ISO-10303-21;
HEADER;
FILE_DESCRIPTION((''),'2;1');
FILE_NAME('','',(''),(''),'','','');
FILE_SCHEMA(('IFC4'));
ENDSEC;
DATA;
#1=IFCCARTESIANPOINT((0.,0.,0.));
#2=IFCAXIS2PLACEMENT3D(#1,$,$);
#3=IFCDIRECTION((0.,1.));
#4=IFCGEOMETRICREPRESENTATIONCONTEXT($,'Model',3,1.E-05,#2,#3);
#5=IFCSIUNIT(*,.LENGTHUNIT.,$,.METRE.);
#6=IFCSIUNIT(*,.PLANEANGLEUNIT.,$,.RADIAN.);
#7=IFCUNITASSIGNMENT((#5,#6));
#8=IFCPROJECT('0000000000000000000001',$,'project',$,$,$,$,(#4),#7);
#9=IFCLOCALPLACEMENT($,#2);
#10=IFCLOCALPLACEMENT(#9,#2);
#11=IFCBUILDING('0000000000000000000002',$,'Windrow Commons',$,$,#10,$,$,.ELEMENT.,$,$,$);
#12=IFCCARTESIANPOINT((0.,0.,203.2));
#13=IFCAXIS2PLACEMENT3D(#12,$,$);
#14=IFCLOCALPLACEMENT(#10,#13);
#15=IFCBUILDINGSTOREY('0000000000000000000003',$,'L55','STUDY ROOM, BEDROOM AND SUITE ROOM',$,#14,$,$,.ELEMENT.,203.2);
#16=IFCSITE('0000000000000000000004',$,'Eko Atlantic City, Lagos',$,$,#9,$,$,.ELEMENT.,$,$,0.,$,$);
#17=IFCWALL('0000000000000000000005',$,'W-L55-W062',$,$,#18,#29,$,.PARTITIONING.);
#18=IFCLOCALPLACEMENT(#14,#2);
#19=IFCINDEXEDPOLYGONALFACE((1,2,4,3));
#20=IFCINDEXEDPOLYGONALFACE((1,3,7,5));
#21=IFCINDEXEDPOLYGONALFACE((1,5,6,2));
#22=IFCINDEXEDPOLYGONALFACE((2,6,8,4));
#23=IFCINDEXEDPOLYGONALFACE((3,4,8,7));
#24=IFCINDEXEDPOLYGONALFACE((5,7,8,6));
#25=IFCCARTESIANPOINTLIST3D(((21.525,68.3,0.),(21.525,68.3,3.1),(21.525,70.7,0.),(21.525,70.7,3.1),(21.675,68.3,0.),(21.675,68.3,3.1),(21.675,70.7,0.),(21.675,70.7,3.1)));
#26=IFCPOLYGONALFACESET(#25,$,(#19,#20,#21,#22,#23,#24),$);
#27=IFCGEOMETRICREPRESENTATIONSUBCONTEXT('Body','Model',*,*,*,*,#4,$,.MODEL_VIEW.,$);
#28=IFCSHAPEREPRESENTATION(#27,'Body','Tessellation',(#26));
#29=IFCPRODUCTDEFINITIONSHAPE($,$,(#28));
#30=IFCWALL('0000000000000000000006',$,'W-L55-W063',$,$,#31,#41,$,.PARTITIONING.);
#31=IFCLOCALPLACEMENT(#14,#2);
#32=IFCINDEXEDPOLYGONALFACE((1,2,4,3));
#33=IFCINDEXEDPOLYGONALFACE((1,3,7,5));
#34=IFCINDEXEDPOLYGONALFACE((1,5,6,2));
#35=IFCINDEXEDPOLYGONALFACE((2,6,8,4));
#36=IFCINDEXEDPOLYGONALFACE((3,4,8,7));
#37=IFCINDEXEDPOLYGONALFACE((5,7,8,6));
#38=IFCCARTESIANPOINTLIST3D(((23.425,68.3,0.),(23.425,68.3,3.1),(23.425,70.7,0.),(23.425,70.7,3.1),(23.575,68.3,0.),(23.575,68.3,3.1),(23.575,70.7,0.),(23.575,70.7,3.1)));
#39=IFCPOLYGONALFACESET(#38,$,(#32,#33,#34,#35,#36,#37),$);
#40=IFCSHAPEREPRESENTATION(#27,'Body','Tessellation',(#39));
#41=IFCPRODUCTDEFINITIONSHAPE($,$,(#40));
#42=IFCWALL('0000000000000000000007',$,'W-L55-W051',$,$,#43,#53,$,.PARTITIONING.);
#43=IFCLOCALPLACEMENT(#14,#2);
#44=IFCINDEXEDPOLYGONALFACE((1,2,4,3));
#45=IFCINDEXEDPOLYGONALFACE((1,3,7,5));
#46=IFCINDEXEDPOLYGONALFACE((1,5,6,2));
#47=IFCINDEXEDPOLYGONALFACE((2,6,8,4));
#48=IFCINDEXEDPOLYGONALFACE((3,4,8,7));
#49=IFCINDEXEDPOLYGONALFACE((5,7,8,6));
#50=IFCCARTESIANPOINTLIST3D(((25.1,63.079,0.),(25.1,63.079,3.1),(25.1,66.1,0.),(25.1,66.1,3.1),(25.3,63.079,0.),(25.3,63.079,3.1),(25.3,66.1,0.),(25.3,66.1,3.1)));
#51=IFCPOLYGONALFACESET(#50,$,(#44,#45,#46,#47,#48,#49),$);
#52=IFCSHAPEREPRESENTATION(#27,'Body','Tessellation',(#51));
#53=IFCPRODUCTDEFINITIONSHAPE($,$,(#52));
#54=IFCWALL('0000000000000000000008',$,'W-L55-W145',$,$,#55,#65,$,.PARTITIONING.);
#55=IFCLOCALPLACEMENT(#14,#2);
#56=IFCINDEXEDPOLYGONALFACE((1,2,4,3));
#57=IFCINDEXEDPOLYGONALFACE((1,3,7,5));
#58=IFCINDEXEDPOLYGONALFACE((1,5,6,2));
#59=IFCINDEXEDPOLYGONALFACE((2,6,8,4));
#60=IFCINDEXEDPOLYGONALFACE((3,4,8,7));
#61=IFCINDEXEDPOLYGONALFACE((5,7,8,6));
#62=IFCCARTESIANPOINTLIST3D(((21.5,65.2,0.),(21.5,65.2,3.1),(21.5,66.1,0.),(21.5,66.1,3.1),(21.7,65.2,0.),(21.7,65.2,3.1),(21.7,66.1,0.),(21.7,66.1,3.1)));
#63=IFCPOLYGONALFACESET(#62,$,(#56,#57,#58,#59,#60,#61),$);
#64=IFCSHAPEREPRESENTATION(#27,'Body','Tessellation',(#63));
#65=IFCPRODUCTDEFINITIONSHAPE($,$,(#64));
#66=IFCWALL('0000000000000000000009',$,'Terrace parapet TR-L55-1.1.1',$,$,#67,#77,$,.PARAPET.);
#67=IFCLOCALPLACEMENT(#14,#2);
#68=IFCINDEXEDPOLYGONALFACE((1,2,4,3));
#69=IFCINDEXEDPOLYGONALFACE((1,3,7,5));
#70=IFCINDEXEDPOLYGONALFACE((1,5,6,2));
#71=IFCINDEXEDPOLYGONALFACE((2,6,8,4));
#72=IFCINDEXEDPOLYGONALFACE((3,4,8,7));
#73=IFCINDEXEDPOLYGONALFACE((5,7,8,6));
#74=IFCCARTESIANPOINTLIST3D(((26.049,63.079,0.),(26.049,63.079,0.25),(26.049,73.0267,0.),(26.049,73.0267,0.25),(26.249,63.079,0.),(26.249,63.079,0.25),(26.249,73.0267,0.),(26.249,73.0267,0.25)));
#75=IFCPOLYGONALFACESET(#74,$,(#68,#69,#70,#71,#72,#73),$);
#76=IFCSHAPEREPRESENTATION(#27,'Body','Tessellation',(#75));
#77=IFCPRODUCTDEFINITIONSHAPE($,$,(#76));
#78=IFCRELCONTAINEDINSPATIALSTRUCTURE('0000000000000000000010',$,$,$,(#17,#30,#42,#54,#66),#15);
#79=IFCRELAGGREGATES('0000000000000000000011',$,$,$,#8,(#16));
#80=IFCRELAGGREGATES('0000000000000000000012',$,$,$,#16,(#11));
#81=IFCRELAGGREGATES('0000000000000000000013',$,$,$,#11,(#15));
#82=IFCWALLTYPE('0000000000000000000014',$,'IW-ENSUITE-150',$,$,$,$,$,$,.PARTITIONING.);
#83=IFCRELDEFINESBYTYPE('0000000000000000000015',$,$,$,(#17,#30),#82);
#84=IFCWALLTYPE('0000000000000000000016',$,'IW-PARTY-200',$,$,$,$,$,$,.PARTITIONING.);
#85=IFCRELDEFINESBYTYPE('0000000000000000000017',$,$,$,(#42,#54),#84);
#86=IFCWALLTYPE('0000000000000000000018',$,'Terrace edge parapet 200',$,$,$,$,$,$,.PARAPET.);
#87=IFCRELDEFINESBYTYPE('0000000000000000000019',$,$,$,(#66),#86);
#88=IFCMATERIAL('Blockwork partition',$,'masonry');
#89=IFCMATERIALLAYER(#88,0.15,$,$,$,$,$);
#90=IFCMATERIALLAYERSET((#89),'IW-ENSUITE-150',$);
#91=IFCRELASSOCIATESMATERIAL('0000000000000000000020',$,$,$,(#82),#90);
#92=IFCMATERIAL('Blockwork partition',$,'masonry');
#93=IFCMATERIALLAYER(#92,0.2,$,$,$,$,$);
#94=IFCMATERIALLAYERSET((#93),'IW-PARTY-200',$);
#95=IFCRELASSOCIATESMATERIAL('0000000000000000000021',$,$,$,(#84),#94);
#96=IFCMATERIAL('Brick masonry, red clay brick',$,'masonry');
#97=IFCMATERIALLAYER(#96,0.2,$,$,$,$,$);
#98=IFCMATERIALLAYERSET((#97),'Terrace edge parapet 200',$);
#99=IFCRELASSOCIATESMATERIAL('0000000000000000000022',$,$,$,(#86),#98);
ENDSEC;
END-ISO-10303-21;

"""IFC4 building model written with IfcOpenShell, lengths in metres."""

from ifc_helpers import new_model, si_unit, direction, frame, frame_2d, origin, place, context, subcontext, project, spatial, polyline, rectangle, outline, extrude, material, layer, layer_set, type_object, element, save


model = new_model("IFC4")

# Units and contexts
model_context = context("Model", 3, precision=1e-05, world=origin(), true_north=direction((0.0, 1.0)))
body_context = subcontext(model_context, "Body", "Model", "MODEL_VIEW")
ifc_project = project(units=[si_unit("LENGTHUNIT", "METRE"), si_unit("PLANEANGLEUNIT", "RADIAN")], contexts=[model_context])

# Site, building, storey
site_placement = place(None, origin())
site = spatial("IfcSite", under=ifc_project, at=site_placement, Name="Eko Atlantic City, Lagos", CompositionType="ELEMENT", RefElevation=0.0)
building_placement = place(site_placement, origin())
building = spatial("IfcBuilding", under=site, at=building_placement, Name="Windrow Commons", CompositionType="ELEMENT")
storey_placement = place(building_placement, frame((0.0, 0.0, 203.2)))
storey = spatial("IfcBuildingStorey", under=building, at=storey_placement, Name="L55", Description="STUDY ROOM, BEDROOM AND SUITE ROOM", CompositionType="ELEMENT", Elevation=203.2)

# Walls
ifc_material_1 = material(Name="Blockwork partition", Category="masonry")
ifc_layer_1 = layer(ifc_material_1, 0.15)
ifc_layer_set_1 = layer_set([ifc_layer_1], Name="IW-ENSUITE-150")
wall_type_1 = type_object("IfcWallType", Name="IW-ENSUITE-150", PredefinedType="PARTITIONING", material=ifc_layer_set_1)
for number, where, z_axis, x_axis, name in (
    (1, (21.6, 68.3, 0.0), (0.0, 0.0, 1.0), (0.0, 1.0, 0.0), "W-L55-W062"),
    (2, (23.5, 68.3, 0.0), (0.0, 0.0, 1.0), (0.0, 1.0, 0.0), "W-L55-W063"),
):
    element("IfcWall", number, at=place(storey_placement, frame(where, z_axis=z_axis, x_axis=x_axis)), inside=storey, type_object=wall_type_1, Name=name, PredefinedType="PARTITIONING", context=body_context, shape_type="SweptSolid", body=[
        extrude(rectangle(XDim=2.4, YDim=0.15, at=frame_2d((1.2, 0.0))), origin(), (0.0, 0.0, 1.0), 3.1),
    ])
ifc_material_2 = material(Name="Blockwork partition", Category="masonry")
ifc_layer_2 = layer(ifc_material_2, 0.2)
ifc_layer_set_2 = layer_set([ifc_layer_2], Name="IW-PARTY-200")
wall_type_2 = type_object("IfcWallType", Name="IW-PARTY-200", PredefinedType="PARTITIONING", material=ifc_layer_set_2)
wall_1_placement = place(storey_placement, frame((25.2, 63.079, 0.0), z_axis=(0.0, 0.0, 1.0), x_axis=(0.0, 1.0, 0.0)))
element("IfcWall", 3, at=wall_1_placement, inside=storey, type_object=wall_type_2, Name="W-L55-W051", PredefinedType="PARTITIONING", context=body_context, shape_type="SweptSolid", body=[
    extrude(rectangle(XDim=3.021, YDim=0.2, at=frame_2d((1.5105, 0.0))), origin(), (0.0, 0.0, 1.0), 3.1),
])
wall_2_placement = place(storey_placement, frame((21.6, 65.2, 0.0), z_axis=(0.0, 0.0, 1.0), x_axis=(0.0, 1.0, 0.0)))
element("IfcWall", 4, at=wall_2_placement, inside=storey, type_object=wall_type_2, Name="W-L55-W145", PredefinedType="PARTITIONING", context=body_context, shape_type="SweptSolid", body=[
    extrude(rectangle(XDim=0.9, YDim=0.2, at=frame_2d((0.45, 0.0))), origin(), (0.0, 0.0, 1.0), 3.1),
])
ifc_material_3 = material(Name="Brick masonry, red clay brick", Category="masonry")
ifc_layer_3 = layer(ifc_material_3, 0.2)
ifc_layer_set_3 = layer_set([ifc_layer_3], Name="Terrace edge parapet 200")
wall_type_3 = type_object("IfcWallType", Name="Terrace edge parapet 200", PredefinedType="PARAPET", material=ifc_layer_set_3)
wall_3_placement = place(storey_placement, frame((26.149, 63.079, 0.0), z_axis=(0.0, 0.0, 1.0), x_axis=(0.0, 1.0, 0.0)))
element("IfcWall", 5, at=wall_3_placement, inside=storey, type_object=wall_type_3, Name="Terrace parapet TR-L55-1.1.1", PredefinedType="PARAPET", context=body_context, shape_type="SweptSolid", body=[
    extrude(outline(polyline([(0.0, -0.1), (9.9477, -0.1), (9.9477, 0.1), (0.0, 0.1), (0.0, -0.1)])), origin(), (0.0, 0.0, 1.0), 0.25),
])

save(model, "model.ifc")
